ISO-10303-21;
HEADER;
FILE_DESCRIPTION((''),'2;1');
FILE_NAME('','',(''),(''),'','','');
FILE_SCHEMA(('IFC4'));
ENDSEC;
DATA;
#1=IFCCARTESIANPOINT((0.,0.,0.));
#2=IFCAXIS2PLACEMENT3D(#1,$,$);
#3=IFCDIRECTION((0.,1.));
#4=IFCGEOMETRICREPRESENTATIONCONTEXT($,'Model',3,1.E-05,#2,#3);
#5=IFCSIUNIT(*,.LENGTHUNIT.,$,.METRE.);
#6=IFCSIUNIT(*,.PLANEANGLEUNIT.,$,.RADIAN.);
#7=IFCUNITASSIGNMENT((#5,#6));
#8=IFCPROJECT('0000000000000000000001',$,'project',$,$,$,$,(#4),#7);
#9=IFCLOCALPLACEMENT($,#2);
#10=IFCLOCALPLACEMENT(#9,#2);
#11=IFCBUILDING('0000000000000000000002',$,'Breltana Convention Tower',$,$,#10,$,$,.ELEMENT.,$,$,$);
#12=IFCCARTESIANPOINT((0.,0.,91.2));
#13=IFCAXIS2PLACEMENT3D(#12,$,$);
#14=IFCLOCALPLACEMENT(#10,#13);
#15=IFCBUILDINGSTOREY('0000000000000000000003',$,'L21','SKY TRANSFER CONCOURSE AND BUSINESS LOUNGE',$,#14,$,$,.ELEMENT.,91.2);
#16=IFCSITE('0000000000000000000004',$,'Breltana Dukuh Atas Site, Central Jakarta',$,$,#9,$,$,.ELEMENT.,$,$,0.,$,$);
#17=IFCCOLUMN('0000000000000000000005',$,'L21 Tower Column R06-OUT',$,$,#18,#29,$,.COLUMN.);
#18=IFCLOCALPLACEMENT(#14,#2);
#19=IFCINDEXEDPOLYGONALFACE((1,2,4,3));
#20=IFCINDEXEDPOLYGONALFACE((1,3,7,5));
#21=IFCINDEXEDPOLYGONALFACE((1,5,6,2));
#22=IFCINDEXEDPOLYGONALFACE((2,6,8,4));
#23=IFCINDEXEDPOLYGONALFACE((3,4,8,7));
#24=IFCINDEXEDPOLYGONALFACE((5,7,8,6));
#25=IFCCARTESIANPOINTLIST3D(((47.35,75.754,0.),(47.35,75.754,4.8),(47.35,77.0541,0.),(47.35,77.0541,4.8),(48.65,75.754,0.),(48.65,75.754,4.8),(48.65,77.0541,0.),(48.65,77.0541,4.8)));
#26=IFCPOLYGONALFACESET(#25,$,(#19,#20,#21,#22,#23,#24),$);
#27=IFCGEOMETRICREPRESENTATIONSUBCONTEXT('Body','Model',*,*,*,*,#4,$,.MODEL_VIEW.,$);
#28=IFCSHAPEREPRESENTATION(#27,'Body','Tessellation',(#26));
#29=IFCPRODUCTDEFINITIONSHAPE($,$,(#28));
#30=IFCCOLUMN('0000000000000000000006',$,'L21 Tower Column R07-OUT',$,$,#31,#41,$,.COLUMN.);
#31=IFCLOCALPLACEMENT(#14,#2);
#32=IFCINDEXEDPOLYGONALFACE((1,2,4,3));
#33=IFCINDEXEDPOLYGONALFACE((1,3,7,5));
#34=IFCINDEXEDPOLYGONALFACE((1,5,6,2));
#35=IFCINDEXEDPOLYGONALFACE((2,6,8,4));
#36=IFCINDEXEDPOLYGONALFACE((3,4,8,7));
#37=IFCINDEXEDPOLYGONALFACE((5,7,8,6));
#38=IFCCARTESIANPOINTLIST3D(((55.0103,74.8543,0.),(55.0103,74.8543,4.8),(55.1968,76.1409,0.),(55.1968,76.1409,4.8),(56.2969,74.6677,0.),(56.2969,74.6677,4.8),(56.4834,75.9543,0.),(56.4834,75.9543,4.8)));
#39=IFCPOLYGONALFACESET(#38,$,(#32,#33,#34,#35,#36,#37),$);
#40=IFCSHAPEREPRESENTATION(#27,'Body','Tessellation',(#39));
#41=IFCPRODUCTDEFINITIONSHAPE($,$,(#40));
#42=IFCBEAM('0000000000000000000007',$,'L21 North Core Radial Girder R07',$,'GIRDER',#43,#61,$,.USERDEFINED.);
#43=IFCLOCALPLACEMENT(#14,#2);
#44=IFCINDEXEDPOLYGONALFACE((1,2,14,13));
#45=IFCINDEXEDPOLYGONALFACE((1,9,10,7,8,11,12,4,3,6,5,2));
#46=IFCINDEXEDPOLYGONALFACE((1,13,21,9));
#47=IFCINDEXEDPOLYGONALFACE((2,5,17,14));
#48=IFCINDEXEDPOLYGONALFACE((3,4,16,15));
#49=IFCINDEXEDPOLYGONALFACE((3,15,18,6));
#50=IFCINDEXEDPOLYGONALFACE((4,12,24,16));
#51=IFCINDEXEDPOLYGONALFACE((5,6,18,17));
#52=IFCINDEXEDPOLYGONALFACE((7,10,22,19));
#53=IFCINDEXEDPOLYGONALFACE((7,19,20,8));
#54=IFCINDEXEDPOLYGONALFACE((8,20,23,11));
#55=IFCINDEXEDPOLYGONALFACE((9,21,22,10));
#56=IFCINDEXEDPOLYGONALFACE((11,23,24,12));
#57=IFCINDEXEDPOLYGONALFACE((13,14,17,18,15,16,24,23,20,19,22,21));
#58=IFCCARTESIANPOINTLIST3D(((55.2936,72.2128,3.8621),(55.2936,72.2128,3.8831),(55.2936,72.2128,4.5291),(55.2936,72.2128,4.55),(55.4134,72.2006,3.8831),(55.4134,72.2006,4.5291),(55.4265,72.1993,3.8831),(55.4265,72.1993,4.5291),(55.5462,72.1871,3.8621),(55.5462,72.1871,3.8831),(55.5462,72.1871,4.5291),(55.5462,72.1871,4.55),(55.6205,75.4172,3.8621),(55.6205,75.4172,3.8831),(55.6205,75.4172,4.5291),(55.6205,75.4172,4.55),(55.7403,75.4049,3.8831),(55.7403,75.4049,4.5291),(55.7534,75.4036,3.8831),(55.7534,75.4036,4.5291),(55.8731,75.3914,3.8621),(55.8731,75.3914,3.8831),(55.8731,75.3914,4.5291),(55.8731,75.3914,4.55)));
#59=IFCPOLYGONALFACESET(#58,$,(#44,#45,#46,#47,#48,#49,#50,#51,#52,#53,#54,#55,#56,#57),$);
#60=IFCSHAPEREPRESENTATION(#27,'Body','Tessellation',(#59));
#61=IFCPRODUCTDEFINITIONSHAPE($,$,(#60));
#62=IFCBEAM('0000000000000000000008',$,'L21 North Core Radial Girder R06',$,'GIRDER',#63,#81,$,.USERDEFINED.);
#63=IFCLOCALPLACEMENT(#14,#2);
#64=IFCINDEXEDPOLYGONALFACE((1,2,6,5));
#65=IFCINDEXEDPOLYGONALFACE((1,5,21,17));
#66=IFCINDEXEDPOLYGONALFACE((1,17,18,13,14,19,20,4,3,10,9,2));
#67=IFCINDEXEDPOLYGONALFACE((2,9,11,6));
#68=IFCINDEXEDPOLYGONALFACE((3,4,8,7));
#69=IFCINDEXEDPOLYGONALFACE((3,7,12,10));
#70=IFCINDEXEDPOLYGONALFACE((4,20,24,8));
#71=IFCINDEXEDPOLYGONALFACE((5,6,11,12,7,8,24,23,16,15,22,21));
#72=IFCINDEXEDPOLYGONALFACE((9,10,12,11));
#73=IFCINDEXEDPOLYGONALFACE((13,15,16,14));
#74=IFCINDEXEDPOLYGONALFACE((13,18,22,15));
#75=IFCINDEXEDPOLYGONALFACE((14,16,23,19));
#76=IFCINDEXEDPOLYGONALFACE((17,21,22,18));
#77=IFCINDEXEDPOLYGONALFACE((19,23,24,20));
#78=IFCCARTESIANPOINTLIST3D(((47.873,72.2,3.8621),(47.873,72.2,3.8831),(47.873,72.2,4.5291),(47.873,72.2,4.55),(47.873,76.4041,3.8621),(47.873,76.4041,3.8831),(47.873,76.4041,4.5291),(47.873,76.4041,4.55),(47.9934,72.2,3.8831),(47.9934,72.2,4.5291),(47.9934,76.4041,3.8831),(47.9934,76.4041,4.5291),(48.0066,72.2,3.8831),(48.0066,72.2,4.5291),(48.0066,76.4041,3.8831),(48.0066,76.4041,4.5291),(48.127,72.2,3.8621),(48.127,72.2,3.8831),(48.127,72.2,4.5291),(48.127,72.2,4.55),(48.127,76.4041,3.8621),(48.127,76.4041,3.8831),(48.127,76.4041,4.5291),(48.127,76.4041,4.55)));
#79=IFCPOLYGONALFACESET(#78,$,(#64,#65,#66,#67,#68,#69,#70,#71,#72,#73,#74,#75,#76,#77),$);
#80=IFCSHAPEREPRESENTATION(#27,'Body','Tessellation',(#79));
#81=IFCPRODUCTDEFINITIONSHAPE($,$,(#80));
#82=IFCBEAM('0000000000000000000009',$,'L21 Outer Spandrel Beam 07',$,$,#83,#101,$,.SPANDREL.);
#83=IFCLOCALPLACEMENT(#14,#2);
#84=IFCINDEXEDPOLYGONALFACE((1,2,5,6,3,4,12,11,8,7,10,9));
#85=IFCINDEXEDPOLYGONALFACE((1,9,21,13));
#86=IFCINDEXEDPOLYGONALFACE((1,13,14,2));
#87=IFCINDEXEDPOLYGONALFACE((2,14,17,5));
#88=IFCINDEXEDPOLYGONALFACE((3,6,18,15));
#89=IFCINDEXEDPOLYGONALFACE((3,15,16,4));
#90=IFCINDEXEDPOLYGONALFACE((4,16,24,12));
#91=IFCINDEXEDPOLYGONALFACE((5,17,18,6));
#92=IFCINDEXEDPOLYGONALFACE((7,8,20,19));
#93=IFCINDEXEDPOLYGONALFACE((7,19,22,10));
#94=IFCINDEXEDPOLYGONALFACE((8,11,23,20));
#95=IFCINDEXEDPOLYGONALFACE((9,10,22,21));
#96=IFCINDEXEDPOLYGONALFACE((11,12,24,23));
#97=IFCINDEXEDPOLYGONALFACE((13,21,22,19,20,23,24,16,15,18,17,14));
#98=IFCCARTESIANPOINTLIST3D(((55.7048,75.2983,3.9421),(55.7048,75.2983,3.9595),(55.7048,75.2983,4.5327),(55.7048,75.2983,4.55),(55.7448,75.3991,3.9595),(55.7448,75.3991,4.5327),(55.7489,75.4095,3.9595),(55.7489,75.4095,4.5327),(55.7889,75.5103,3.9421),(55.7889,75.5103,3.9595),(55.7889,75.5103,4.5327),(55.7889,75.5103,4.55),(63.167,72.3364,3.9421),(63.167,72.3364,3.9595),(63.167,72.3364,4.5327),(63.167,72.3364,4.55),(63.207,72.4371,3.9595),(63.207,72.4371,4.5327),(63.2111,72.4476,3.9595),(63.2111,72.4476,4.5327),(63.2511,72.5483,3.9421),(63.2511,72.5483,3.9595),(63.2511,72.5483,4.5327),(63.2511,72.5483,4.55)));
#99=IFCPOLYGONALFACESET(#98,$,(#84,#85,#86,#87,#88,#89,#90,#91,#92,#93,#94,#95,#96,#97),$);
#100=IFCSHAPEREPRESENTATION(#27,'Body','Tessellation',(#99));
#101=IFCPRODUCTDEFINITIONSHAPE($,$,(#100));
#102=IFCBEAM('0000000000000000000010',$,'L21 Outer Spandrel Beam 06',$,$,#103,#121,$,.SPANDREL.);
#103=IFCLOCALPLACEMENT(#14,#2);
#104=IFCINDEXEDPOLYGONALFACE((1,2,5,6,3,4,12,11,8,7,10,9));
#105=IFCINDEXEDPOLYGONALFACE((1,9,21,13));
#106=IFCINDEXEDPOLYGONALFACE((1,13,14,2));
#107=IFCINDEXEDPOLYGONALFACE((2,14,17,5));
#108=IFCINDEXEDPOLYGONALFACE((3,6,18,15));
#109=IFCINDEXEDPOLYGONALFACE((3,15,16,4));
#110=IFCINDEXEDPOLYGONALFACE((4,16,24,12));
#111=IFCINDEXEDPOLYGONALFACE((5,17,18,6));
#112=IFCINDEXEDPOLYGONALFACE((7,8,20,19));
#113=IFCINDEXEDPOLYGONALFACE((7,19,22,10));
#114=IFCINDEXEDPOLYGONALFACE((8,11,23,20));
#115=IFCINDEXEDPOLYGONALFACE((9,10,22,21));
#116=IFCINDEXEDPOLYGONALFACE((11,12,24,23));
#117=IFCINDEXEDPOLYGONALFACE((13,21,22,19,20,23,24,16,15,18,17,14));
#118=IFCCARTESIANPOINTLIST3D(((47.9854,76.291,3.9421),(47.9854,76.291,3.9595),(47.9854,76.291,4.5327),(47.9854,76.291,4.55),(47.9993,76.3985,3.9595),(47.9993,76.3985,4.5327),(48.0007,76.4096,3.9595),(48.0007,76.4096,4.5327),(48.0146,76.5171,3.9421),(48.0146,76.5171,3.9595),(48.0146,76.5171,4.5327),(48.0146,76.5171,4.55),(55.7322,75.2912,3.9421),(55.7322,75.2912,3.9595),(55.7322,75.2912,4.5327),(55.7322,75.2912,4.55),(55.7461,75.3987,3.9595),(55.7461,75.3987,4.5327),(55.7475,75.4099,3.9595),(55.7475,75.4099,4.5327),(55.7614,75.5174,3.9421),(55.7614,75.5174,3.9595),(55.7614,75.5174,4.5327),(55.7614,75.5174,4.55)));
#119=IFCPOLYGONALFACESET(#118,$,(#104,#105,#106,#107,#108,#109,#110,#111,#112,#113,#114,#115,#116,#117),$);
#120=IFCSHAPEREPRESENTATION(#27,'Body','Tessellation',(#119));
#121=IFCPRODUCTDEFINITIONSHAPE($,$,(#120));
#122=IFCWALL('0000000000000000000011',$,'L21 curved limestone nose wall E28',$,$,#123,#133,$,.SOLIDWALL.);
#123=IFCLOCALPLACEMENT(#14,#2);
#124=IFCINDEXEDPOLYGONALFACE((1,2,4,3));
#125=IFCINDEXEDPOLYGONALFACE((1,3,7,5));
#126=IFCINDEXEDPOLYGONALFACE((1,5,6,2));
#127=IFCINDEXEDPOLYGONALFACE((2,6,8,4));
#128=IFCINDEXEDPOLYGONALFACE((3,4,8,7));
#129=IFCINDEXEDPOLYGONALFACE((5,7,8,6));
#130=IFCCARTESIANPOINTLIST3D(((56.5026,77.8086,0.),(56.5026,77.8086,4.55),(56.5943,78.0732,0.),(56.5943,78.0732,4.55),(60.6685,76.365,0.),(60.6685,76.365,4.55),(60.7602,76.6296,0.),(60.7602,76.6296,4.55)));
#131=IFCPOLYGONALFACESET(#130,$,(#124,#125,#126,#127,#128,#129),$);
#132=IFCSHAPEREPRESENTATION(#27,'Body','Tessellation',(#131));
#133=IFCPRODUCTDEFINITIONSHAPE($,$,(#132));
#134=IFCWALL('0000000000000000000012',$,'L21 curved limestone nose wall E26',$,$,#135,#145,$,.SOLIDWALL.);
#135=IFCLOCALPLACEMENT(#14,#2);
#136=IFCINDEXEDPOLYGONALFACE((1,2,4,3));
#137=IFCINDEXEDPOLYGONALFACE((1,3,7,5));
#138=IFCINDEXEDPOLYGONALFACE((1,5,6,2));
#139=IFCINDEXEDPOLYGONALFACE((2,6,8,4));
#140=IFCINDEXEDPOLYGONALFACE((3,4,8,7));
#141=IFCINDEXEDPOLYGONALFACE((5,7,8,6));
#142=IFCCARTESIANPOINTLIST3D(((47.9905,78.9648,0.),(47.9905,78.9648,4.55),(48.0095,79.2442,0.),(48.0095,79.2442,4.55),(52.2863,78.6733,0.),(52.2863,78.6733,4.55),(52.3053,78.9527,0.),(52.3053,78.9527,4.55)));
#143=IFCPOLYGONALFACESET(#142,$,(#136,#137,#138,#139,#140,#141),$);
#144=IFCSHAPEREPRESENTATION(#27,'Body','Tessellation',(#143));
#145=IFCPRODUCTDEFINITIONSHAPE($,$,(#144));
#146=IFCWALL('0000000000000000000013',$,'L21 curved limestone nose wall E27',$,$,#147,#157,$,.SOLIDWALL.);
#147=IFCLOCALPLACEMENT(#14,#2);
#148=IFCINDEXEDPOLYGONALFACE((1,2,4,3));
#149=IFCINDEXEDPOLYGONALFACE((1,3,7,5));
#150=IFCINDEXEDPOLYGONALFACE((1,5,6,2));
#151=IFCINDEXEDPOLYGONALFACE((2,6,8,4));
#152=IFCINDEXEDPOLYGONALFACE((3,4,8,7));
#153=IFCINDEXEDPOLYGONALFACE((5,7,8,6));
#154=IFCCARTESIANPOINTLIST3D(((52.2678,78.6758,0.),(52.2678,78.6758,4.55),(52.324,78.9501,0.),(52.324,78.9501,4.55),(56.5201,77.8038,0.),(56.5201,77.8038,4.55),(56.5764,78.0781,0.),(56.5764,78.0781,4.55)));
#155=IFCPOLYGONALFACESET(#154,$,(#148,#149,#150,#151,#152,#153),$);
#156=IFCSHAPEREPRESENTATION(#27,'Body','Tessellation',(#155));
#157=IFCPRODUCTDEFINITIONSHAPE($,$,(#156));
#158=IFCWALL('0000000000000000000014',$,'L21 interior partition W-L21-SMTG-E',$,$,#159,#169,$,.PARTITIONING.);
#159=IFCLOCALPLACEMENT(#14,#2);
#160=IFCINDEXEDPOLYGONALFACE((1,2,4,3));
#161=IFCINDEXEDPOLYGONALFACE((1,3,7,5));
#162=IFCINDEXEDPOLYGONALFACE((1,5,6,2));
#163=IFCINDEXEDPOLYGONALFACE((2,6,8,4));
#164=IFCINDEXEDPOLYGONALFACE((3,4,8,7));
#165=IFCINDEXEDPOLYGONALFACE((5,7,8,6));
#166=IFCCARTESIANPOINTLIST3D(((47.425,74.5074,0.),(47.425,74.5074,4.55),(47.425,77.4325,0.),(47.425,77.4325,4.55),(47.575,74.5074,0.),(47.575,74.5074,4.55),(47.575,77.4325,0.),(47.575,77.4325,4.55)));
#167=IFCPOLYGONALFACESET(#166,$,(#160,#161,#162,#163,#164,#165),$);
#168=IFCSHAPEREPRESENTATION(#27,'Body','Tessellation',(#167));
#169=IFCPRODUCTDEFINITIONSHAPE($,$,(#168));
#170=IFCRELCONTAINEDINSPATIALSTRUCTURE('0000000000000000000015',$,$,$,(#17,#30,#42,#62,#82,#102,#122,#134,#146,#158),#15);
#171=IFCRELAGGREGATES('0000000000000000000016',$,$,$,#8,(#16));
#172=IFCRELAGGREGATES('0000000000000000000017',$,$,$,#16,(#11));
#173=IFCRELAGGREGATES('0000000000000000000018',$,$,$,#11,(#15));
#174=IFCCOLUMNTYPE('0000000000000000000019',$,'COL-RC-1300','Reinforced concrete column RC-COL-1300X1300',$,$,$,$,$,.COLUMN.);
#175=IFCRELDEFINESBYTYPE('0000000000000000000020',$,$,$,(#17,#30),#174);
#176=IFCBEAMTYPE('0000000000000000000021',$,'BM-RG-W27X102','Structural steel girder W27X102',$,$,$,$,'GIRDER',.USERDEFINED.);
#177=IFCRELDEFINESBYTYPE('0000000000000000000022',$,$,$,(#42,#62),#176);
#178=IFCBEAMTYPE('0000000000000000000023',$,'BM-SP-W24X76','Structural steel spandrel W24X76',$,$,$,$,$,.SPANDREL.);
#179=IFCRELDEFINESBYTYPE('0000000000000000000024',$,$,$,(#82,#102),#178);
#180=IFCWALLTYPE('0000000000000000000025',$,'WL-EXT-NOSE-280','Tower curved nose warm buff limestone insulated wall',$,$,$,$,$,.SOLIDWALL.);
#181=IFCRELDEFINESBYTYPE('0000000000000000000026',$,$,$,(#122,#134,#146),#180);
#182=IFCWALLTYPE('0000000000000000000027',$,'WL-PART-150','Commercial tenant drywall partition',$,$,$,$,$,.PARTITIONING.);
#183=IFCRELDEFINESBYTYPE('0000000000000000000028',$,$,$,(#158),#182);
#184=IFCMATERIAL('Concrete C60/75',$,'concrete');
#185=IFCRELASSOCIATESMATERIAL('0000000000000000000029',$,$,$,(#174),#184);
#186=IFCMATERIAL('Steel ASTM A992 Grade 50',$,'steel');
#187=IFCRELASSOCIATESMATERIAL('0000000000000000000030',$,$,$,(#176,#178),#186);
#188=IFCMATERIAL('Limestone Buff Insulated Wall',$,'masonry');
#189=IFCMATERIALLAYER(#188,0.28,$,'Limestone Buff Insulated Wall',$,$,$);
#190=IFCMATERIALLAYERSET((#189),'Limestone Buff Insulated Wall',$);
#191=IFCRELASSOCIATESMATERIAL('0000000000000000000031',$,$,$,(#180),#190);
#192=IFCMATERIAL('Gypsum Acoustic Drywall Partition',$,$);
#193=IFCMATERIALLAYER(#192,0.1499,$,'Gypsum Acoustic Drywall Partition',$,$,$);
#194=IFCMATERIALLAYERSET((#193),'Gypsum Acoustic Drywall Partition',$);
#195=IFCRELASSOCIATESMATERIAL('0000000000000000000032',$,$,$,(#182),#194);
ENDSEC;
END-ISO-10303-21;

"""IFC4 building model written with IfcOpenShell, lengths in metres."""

from ifc_helpers import new_model, si_unit, direction, frame, frame_2d, origin, origin_2d, place, context, subcontext, project, spatial, rectangle, i_section, extrude, source, transform, mapped, material, layer, layer_set, material_profile, profile_set, type_object, element, save


model = new_model("IFC4")

# Units and contexts
model_context = context("Model", 3, precision=1e-05, world=origin(), true_north=direction((0.0, 1.0)))
body_context = subcontext(model_context, "Body", "Model", "MODEL_VIEW")
ifc_project = project(units=[si_unit("LENGTHUNIT", "METRE"), si_unit("PLANEANGLEUNIT", "RADIAN")], contexts=[model_context])

# Site, building, storey
site_placement = place(None, origin())
site = spatial("IfcSite", under=ifc_project, at=site_placement, Name="Breltana Dukuh Atas Site, Central Jakarta", CompositionType="ELEMENT", RefElevation=0.0)
building_placement = place(site_placement, origin())
building = spatial("IfcBuilding", under=site, at=building_placement, Name="Breltana Convention Tower", CompositionType="ELEMENT")
storey_placement = place(building_placement, frame((0.0, 0.0, 91.2)))
storey = spatial("IfcBuildingStorey", under=building, at=storey_placement, Name="L21", Description="SKY TRANSFER CONCOURSE AND BUSINESS LOUNGE", CompositionType="ELEMENT", Elevation=91.2)

# Columns
ifc_material_1 = material(Name="Concrete C60/75", Category="concrete")
ifc_material_profile_1 = material_profile(ifc_material_1, rectangle(XDim=1.3, YDim=1.3, at=origin_2d()), Name="RC-COL-1300X1300")
ifc_profile_set_1 = profile_set([ifc_material_profile_1], Name="Concrete C60/75")
column_type = type_object("IfcColumnType", Name="COL-RC-1300", Description="Reinforced concrete column RC-COL-1300X1300", PredefinedType="COLUMN", material=ifc_profile_set_1)
shared_shape_1 = source(origin(), body_context, "Body", "SweptSolid", [
    extrude(rectangle(XDim=1.3, YDim=1.3, at=origin_2d()), origin(), (0.0, 0.0, 1.0), 4.8),
])
for number, where, z_axis, x_axis, name in (
    (1, (48.0, 76.4041, 0.0), (0.0, 0.0, 1.0), (0.0, 1.0, 0.0), "L21 Tower Column R06-OUT"),
    (2, (55.7468, 75.4043, 0.0), (0.0, 0.0, 1.0), (0.143493, 0.989651, 0.0), "L21 Tower Column R07-OUT"),
):
    element("IfcColumn", number, at=place(storey_placement, frame(where, z_axis=z_axis, x_axis=x_axis)), inside=storey, type_object=column_type, Name=name, PredefinedType="COLUMN", context=body_context, shape_type="MappedRepresentation", body=[
        mapped(shared_shape_1, transform((0.0, 0.0, 0.0), scale=1.0)),
    ])

# Beams
ifc_material_2 = material(Name="Steel ASTM A992 Grade 50", Category="steel")
ifc_material_profile_2 = material_profile(ifc_material_2, i_section(OverallWidth=0.2539, OverallDepth=0.688, WebThickness=0.0132, FlangeThickness=0.021, at=origin_2d()), Name="W27X102")
ifc_profile_set_2 = profile_set([ifc_material_profile_2], Name="Steel ASTM A992 Grade 50")
beam_type_1 = type_object("IfcBeamType", Name="BM-RG-W27X102", Description="Structural steel girder W27X102", ElementType="GIRDER", PredefinedType="USERDEFINED", material=ifc_profile_set_2)
shared_shape_2 = source(origin(), body_context, "Body", "SweptSolid", [
    extrude(i_section(OverallWidth=0.2539, OverallDepth=0.688, WebThickness=0.0132, FlangeThickness=0.021, at=origin_2d()), origin(), (0.0, 0.0, 1.0), 3.2209),
])
beam_1_placement = place(storey_placement, frame((55.4199, 72.2, 4.2061), z_axis=(0.101492, 0.994836, 0.0), x_axis=(-0.994836, 0.101492, 0.0)))
element("IfcBeam", 3, at=beam_1_placement, inside=storey, type_object=beam_type_1, Name="L21 North Core Radial Girder R07", ObjectType="GIRDER", PredefinedType="USERDEFINED", context=body_context, shape_type="MappedRepresentation", body=[
    mapped(shared_shape_2, transform((0.0, 0.0, 0.0), scale=1.0)),
])
shared_shape_3 = source(origin(), body_context, "Body", "SweptSolid", [
    extrude(i_section(OverallWidth=0.2539, OverallDepth=0.688, WebThickness=0.0132, FlangeThickness=0.021, at=origin_2d()), origin(), (0.0, 0.0, 1.0), 4.2041),
])
beam_2_placement = place(storey_placement, frame((48.0, 72.2, 4.2061), z_axis=(0.0, 1.0, 0.0), x_axis=(-1.0, 0.0, 0.0)))
element("IfcBeam", 4, at=beam_2_placement, inside=storey, type_object=beam_type_1, Name="L21 North Core Radial Girder R06", ObjectType="GIRDER", PredefinedType="USERDEFINED", context=body_context, shape_type="MappedRepresentation", body=[
    mapped(shared_shape_3, transform((0.0, 0.0, 0.0), scale=1.0)),
])
ifc_material_profile_3 = material_profile(ifc_material_2, i_section(OverallWidth=0.228, OverallDepth=0.6079, WebThickness=0.0112, FlangeThickness=0.0173, at=origin_2d()), Name="W24X76")
ifc_profile_set_3 = profile_set([ifc_material_profile_3], Name="Steel ASTM A992 Grade 50")
beam_type_2 = type_object("IfcBeamType", Name="BM-SP-W24X76", Description="Structural steel spandrel W24X76", PredefinedType="SPANDREL", material=ifc_profile_set_3)
shared_shape_4 = source(origin(), body_context, "Body", "SweptSolid", [
    extrude(i_section(OverallWidth=0.228, OverallDepth=0.6079, WebThickness=0.0112, FlangeThickness=0.0173, at=origin_2d()), origin(), (0.0, 0.0, 1.0), 8.0286),
])
beam_3_placement = place(storey_placement, frame((55.7468, 75.4043, 4.2461), z_axis=(0.929459, -0.368925, 0.0), x_axis=(0.368925, 0.929459, 0.0)))
element("IfcBeam", 5, at=beam_3_placement, inside=storey, type_object=beam_type_2, Name="L21 Outer Spandrel Beam 07", PredefinedType="SPANDREL", context=body_context, shape_type="MappedRepresentation", body=[
    mapped(shared_shape_4, transform((0.0, 0.0, 0.0), scale=1.0)),
])
shared_shape_5 = source(origin(), body_context, "Body", "SweptSolid", [
    extrude(i_section(OverallWidth=0.228, OverallDepth=0.6079, WebThickness=0.0112, FlangeThickness=0.0173, at=origin_2d()), origin(), (0.0, 0.0, 1.0), 7.811),
])
beam_4_placement = place(storey_placement, frame((48.0, 76.4041, 4.2461), z_axis=(0.991775, -0.127992, 0.0), x_axis=(0.127992, 0.991775, 0.0)))
element("IfcBeam", 6, at=beam_4_placement, inside=storey, type_object=beam_type_2, Name="L21 Outer Spandrel Beam 06", PredefinedType="SPANDREL", context=body_context, shape_type="MappedRepresentation", body=[
    mapped(shared_shape_5, transform((0.0, 0.0, 0.0), scale=1.0)),
])

# Walls
ifc_material_3 = material(Name="Limestone Buff Insulated Wall", Category="masonry")
ifc_layer_1 = layer(ifc_material_3, 0.28, Name="Limestone Buff Insulated Wall")
ifc_layer_set_1 = layer_set([ifc_layer_1], Name="Limestone Buff Insulated Wall")
wall_type_1 = type_object("IfcWallType", Name="WL-EXT-NOSE-280", Description="Tower curved nose warm buff limestone insulated wall", PredefinedType="SOLIDWALL", material=ifc_layer_set_1)
shared_shape_6 = source(origin(), body_context, "Body", "SweptSolid", [
    extrude(rectangle(XDim=4.4089, YDim=0.28, at=frame_2d((2.2046, 0.0))), origin(), (0.0, 0.0, 1.0), 4.55),
])
wall_1_placement = place(storey_placement, frame((56.5483, 77.9409, 0.0), z_axis=(0.0, 0.0, 1.0), x_axis=(0.944879, -0.327419, 0.0)))
element("IfcWall", 7, at=wall_1_placement, inside=storey, type_object=wall_type_1, Name="L21 curved limestone nose wall E28", PredefinedType="SOLIDWALL", context=body_context, shape_type="MappedRepresentation", body=[
    mapped(shared_shape_6, transform((0.0, 0.0, 0.0), scale=1.0)),
])
shared_shape_7 = source(origin(), body_context, "Body", "SweptSolid", [
    extrude(rectangle(XDim=4.3057, YDim=0.28, at=frame_2d((2.1528, 0.0))), origin(), (0.0, 0.0, 1.0), 4.55),
])
wall_2_placement = place(storey_placement, frame((48.0, 79.1045, 0.0), z_axis=(0.0, 0.0, 1.0), x_axis=(0.997706, -0.067701, 0.0)))
element("IfcWall", 8, at=wall_2_placement, inside=storey, type_object=wall_type_1, Name="L21 curved limestone nose wall E26", PredefinedType="SOLIDWALL", context=body_context, shape_type="MappedRepresentation", body=[
    mapped(shared_shape_7, transform((0.0, 0.0, 0.0), scale=1.0)),
])
shared_shape_8 = source(origin(), body_context, "Body", "SweptSolid", [
    extrude(rectangle(XDim=4.3408, YDim=0.28, at=frame_2d((2.1704, 0.0))), origin(), (0.0, 0.0, 1.0), 4.55),
])
wall_3_placement = place(storey_placement, frame((52.2959, 78.813, 0.0), z_axis=(0.0, 0.0, 1.0), x_axis=(0.979613, -0.200894, 0.0)))
element("IfcWall", 9, at=wall_3_placement, inside=storey, type_object=wall_type_1, Name="L21 curved limestone nose wall E27", PredefinedType="SOLIDWALL", context=body_context, shape_type="MappedRepresentation", body=[
    mapped(shared_shape_8, transform((0.0, 0.0, 0.0), scale=1.0)),
])

# Wall
ifc_material_4 = material(Name="Gypsum Acoustic Drywall Partition")
ifc_layer_2 = layer(ifc_material_4, 0.1499, Name="Gypsum Acoustic Drywall Partition")
ifc_layer_set_2 = layer_set([ifc_layer_2], Name="Gypsum Acoustic Drywall Partition")
wall_type_2 = type_object("IfcWallType", Name="WL-PART-150", Description="Commercial tenant drywall partition", PredefinedType="PARTITIONING", material=ifc_layer_set_2)
shared_shape_9 = source(origin(), body_context, "Body", "SweptSolid", [
    extrude(rectangle(XDim=2.925, YDim=0.1499, at=frame_2d((1.4624, 0.0))), origin(), (0.0, 0.0, 1.0), 4.55),
])
wall_4_placement = place(storey_placement, frame((47.5, 74.5076, 0.0), z_axis=(0.0, 0.0, 1.0), x_axis=(0.0, 1.0, 0.0)))
element("IfcWall", 10, at=wall_4_placement, inside=storey, type_object=wall_type_2, Name="L21 interior partition W-L21-SMTG-E", PredefinedType="PARTITIONING", context=body_context, shape_type="MappedRepresentation", body=[
    mapped(shared_shape_9, transform((0.0, 0.0, 0.0), scale=1.0)),
])

save(model, "model.ifc")
